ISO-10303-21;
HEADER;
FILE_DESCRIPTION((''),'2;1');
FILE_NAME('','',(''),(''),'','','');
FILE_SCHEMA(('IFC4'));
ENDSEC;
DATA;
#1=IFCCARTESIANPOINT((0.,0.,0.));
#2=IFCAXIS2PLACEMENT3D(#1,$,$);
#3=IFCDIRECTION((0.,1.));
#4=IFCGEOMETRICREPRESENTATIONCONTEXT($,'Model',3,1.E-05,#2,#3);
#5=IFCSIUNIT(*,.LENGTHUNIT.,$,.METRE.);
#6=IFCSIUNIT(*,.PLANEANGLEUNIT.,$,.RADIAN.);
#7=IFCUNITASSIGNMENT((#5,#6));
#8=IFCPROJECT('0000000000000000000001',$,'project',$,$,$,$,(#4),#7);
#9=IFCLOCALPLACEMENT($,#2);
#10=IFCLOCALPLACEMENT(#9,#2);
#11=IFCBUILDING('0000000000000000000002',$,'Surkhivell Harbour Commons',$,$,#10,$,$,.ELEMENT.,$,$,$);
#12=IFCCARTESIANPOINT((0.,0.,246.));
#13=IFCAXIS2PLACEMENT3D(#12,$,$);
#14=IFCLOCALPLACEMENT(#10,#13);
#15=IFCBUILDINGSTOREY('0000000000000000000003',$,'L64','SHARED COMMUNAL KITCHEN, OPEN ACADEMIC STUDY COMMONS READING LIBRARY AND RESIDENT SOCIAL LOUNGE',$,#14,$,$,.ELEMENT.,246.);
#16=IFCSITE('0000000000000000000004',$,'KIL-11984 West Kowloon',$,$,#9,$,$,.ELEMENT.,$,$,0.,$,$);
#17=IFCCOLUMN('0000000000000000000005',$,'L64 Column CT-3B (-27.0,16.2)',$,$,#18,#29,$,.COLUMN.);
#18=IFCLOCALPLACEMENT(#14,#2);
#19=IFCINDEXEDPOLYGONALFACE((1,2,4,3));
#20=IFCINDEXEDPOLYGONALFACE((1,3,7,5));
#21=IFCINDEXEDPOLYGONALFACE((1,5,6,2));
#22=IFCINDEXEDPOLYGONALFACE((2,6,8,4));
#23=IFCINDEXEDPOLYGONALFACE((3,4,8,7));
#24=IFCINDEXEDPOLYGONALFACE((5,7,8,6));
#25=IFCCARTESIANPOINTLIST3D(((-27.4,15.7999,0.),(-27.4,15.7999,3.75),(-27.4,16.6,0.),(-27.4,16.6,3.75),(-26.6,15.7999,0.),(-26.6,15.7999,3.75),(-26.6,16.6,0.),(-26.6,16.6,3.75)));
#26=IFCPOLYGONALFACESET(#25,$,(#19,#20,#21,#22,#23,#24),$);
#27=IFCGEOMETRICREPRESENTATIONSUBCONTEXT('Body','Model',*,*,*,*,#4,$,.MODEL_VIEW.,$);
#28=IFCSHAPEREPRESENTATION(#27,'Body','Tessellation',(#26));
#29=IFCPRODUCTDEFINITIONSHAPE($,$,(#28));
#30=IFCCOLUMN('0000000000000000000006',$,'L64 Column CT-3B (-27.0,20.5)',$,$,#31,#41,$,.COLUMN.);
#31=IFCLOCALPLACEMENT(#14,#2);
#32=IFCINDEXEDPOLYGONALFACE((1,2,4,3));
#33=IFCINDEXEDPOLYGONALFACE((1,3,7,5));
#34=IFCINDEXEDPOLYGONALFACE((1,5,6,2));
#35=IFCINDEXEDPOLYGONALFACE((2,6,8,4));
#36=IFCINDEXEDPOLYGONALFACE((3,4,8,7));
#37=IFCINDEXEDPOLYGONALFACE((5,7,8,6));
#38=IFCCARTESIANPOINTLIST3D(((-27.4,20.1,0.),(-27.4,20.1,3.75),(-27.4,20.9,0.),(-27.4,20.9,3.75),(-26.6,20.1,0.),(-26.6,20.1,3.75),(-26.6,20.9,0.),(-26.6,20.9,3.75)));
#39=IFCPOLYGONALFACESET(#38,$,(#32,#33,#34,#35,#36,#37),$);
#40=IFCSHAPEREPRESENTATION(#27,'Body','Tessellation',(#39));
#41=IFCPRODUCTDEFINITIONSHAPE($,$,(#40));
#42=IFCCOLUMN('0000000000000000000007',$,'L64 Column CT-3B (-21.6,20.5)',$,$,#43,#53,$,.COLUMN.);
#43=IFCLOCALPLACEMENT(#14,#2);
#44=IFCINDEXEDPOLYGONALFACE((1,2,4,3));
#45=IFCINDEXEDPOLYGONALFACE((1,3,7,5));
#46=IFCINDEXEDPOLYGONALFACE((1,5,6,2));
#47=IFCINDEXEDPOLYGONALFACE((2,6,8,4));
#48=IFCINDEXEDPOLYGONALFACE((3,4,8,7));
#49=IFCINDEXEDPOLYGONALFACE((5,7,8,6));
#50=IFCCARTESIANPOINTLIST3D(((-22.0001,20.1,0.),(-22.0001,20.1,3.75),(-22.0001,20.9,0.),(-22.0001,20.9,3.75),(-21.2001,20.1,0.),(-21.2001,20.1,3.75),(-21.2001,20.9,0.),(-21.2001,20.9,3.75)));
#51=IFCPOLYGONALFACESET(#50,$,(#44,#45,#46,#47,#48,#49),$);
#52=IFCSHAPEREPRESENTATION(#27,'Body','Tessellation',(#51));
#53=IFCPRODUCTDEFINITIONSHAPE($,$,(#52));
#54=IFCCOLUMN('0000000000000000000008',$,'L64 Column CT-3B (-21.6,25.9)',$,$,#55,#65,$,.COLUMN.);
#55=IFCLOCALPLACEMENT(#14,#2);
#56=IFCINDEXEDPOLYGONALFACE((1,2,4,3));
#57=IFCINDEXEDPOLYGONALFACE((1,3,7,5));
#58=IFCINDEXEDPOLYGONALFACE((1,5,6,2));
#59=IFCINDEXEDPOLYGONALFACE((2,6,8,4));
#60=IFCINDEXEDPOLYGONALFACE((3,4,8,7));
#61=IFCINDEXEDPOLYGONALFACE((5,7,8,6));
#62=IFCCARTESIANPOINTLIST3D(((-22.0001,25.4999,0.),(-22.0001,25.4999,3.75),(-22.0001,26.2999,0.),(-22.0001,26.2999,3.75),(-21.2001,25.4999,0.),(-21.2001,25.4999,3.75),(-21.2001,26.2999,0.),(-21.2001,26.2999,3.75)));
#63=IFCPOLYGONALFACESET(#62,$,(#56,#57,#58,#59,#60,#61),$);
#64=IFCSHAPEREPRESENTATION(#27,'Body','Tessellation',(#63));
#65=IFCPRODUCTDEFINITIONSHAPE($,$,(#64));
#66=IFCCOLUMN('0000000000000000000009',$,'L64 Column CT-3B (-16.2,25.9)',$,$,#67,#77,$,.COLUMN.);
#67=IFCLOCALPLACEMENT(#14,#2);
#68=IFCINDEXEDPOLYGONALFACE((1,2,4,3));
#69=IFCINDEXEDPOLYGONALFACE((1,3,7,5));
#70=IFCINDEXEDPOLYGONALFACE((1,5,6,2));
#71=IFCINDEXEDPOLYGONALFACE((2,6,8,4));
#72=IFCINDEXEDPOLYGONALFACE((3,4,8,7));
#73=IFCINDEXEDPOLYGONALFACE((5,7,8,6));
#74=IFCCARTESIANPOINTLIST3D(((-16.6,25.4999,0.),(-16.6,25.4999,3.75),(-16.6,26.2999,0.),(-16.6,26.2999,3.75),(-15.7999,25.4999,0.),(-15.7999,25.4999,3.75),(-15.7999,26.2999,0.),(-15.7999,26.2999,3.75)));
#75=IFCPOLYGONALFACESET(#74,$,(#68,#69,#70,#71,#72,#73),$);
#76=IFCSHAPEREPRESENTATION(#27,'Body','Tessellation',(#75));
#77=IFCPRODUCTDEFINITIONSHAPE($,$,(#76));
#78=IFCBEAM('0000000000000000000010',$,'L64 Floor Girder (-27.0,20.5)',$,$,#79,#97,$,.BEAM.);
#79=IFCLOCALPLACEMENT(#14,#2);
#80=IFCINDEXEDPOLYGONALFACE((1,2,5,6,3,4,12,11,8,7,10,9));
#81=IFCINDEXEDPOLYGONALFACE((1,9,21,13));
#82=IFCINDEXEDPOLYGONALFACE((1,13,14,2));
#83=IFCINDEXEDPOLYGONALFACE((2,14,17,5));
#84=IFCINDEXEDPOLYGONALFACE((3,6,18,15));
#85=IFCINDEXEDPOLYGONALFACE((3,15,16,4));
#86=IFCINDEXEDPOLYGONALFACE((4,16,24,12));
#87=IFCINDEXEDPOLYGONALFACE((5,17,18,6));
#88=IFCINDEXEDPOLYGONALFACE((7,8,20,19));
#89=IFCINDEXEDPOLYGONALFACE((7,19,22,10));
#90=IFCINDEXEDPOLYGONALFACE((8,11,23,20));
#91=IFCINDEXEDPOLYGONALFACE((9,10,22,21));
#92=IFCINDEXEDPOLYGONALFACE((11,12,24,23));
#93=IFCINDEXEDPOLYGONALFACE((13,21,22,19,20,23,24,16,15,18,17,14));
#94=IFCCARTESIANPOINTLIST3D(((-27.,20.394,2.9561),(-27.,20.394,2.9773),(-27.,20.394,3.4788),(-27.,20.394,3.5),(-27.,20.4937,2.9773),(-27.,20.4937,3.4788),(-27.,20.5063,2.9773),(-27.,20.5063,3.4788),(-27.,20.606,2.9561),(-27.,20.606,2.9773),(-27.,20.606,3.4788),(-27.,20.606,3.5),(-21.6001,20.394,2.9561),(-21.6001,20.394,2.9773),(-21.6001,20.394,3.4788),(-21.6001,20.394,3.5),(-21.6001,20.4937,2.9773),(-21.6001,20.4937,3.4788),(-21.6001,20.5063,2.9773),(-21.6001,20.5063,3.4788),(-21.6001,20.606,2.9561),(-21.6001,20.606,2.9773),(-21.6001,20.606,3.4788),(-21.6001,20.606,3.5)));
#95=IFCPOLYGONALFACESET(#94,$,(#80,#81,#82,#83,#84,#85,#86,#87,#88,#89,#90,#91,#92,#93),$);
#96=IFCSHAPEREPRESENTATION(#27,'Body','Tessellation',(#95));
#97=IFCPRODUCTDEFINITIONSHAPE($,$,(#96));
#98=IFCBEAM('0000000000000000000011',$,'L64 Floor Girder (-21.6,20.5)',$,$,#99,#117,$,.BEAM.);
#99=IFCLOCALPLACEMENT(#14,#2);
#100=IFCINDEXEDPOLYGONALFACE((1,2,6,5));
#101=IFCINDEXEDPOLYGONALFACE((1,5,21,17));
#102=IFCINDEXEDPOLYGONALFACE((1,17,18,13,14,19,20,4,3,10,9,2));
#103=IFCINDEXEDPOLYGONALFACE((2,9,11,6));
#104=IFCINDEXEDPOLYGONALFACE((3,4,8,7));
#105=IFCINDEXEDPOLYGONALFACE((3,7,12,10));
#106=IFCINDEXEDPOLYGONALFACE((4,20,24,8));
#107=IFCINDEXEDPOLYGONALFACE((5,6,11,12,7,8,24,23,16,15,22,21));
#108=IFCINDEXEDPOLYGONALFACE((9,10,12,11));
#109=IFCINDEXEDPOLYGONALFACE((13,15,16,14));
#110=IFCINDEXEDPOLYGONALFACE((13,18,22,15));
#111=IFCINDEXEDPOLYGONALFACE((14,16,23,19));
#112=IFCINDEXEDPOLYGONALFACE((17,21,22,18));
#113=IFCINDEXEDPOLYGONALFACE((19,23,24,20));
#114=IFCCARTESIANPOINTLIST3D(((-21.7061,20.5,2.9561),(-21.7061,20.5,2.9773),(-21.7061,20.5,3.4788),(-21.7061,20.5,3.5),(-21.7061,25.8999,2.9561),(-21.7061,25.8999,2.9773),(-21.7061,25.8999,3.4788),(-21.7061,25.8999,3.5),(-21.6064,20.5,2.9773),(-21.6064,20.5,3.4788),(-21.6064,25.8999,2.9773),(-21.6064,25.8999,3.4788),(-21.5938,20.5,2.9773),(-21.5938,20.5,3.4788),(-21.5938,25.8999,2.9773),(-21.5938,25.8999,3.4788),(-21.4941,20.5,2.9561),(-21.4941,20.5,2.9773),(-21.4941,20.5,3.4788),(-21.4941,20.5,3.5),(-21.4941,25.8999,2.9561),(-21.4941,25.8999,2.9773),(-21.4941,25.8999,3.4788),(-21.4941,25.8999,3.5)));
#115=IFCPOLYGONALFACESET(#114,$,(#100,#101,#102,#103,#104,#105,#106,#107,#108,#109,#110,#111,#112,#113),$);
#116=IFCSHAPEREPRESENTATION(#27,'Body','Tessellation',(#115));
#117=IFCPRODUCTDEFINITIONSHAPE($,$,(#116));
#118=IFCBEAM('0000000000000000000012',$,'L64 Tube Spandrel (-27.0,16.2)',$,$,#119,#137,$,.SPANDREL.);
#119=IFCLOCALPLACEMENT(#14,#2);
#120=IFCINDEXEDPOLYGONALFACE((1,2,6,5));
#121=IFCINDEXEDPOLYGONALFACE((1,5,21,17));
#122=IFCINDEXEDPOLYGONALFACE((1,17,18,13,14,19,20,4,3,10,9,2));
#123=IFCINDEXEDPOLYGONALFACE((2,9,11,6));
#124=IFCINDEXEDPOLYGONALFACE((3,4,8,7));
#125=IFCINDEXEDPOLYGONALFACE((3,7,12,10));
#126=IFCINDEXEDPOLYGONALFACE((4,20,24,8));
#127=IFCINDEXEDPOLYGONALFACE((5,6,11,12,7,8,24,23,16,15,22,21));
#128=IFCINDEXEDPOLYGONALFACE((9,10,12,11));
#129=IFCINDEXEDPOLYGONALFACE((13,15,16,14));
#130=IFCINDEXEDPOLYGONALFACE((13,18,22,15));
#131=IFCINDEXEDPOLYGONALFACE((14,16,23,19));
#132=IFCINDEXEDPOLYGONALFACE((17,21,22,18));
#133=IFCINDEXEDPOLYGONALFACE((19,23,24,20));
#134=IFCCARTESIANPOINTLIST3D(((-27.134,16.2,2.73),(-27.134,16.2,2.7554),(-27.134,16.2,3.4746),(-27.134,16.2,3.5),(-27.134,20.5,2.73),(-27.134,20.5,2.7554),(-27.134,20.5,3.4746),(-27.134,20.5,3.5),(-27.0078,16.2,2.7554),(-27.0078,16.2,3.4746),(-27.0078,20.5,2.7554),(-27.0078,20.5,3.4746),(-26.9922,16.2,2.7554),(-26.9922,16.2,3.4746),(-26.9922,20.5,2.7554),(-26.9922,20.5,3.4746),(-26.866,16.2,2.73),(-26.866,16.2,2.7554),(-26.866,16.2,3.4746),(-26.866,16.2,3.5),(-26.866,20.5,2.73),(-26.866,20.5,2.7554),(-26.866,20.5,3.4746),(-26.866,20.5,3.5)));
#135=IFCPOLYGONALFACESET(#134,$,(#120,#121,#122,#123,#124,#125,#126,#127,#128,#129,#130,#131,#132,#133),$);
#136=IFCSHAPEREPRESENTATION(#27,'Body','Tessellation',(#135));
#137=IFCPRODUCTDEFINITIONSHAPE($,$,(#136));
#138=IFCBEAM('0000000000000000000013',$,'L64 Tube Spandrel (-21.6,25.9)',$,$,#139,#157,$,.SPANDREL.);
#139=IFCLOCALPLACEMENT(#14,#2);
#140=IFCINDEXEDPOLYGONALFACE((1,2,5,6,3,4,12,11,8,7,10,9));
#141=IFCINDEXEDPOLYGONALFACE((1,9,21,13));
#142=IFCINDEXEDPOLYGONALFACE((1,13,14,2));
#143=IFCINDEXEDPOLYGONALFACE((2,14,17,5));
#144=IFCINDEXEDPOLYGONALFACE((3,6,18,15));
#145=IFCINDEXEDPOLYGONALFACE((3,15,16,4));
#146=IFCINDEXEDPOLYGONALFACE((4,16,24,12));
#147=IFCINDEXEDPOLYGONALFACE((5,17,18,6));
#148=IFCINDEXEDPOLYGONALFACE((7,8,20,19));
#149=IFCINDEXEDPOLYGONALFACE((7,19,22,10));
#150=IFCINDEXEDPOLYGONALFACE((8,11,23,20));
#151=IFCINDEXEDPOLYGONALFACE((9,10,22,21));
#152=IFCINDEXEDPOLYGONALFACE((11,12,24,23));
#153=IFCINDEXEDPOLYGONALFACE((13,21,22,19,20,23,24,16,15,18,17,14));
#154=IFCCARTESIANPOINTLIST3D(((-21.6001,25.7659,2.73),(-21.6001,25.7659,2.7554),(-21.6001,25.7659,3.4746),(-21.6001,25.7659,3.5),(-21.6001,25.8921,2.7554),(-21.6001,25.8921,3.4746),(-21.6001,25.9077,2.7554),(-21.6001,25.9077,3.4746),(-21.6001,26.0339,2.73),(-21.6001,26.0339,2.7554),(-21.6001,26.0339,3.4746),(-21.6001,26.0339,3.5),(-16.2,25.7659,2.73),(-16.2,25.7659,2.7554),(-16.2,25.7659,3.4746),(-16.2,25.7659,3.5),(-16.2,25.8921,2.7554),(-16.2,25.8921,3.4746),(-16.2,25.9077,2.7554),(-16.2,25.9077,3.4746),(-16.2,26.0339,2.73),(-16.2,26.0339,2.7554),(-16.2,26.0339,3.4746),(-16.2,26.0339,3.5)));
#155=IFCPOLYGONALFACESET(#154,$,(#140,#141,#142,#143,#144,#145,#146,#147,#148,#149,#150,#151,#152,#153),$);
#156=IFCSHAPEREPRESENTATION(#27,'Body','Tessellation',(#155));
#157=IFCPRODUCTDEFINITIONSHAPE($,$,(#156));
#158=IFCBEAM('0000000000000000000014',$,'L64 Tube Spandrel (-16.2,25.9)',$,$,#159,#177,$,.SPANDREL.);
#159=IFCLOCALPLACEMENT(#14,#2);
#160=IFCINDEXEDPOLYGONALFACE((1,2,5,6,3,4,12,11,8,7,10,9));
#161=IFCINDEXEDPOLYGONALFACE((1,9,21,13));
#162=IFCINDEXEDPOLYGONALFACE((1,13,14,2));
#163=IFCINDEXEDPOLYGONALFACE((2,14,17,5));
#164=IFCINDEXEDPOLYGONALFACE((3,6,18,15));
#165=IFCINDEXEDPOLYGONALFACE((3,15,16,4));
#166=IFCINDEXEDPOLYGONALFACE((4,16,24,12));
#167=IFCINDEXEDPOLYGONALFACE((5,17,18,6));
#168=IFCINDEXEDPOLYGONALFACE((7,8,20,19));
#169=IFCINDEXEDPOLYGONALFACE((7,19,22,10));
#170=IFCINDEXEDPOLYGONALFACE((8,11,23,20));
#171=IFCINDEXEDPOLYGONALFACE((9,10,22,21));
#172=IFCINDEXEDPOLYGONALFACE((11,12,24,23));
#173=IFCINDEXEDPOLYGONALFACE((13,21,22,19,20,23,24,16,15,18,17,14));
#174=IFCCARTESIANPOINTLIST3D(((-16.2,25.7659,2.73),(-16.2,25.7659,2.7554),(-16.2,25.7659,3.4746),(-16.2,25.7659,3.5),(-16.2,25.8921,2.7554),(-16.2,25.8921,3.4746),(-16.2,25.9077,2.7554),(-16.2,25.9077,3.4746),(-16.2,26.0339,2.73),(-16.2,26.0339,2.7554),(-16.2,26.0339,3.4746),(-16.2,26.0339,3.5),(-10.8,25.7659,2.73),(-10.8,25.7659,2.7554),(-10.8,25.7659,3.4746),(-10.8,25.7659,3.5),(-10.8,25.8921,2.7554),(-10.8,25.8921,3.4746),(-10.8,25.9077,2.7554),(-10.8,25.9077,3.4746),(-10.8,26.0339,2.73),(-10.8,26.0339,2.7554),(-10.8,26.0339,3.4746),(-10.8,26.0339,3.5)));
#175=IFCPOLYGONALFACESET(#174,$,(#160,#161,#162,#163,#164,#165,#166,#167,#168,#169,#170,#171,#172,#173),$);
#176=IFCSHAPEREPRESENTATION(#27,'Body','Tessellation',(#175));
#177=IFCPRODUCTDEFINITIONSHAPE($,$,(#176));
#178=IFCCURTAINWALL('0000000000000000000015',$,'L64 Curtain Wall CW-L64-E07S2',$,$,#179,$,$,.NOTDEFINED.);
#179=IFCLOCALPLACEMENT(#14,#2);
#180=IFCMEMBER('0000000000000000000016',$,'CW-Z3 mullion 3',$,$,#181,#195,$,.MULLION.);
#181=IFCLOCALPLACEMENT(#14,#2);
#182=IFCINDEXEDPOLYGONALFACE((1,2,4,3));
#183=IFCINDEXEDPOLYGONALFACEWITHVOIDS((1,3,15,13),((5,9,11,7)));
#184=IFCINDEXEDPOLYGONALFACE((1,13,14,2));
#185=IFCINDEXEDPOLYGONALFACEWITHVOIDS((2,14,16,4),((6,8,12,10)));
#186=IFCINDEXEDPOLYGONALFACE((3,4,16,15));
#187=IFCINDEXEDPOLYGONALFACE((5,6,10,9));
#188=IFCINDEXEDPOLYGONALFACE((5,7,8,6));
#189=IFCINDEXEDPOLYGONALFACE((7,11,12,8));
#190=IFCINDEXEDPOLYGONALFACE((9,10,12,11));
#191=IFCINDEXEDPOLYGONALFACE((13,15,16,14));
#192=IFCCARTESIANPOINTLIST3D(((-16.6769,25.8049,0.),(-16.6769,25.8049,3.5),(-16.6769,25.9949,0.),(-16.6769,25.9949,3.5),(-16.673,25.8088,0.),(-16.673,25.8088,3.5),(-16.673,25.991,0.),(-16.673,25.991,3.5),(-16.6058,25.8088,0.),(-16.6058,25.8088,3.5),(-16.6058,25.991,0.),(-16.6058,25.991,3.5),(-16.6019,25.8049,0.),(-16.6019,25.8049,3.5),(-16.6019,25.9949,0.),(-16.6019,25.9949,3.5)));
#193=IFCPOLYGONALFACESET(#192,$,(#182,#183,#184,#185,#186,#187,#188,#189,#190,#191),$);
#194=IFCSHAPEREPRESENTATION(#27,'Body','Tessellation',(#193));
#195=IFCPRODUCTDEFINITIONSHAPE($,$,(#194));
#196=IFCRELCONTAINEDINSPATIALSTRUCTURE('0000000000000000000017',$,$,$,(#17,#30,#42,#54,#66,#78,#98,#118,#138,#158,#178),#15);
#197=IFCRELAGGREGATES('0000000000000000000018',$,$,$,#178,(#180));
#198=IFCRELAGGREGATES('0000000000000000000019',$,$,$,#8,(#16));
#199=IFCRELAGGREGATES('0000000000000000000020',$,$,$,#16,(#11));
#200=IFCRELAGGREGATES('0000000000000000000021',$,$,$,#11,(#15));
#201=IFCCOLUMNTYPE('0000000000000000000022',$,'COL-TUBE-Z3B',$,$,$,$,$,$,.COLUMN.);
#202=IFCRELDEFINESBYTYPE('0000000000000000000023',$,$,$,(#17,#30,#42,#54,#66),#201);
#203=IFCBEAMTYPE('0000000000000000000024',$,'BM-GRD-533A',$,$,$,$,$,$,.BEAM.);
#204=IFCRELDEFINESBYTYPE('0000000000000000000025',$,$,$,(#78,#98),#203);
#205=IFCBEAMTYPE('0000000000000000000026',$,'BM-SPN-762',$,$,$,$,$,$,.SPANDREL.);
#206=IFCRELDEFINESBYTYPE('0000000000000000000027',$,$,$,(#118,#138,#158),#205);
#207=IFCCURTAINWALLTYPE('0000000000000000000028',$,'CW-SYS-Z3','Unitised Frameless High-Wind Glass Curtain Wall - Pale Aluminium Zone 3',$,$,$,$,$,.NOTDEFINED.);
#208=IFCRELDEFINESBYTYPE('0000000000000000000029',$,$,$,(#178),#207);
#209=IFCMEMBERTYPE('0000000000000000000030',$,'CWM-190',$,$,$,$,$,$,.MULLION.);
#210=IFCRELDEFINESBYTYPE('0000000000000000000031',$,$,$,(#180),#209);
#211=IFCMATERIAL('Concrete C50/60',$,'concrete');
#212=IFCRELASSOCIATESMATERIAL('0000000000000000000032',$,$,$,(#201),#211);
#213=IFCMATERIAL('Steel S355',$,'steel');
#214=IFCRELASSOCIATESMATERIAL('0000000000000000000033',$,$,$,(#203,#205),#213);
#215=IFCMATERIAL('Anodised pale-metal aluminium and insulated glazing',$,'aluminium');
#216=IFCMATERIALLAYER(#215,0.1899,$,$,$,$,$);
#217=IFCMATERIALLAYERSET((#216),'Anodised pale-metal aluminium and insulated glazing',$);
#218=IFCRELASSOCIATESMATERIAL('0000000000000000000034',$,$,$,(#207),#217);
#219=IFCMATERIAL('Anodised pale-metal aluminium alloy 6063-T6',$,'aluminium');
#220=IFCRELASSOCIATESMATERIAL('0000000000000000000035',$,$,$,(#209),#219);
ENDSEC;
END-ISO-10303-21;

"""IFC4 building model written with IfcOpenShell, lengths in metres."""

from ifc_helpers import new_model, si_unit, direction, frame, origin, origin_2d, place, context, subcontext, project, spatial, rectangle, hollow_rectangle, i_section, extrude, material, layer, layer_set, material_profile, profile_set, type_object, element, aggregate, save


model = new_model("IFC4")

# Units and contexts
model_context = context("Model", 3, precision=1e-05, world=origin(), true_north=direction((0.0, 1.0)))
body_context = subcontext(model_context, "Body", "Model", "MODEL_VIEW")
ifc_project = project(units=[si_unit("LENGTHUNIT", "METRE"), si_unit("PLANEANGLEUNIT", "RADIAN")], contexts=[model_context])

# Site, building, storey
site_placement = place(None, origin())
site = spatial("IfcSite", under=ifc_project, at=site_placement, Name="KIL-11984 West Kowloon", CompositionType="ELEMENT", RefElevation=0.0)
building_placement = place(site_placement, origin())
building = spatial("IfcBuilding", under=site, at=building_placement, Name="Surkhivell Harbour Commons", CompositionType="ELEMENT")
storey_placement = place(building_placement, frame((0.0, 0.0, 246.0)))
storey = spatial("IfcBuildingStorey", under=building, at=storey_placement, Name="L64", Description="SHARED COMMUNAL KITCHEN, OPEN ACADEMIC STUDY COMMONS READING LIBRARY AND RESIDENT SOCIAL LOUNGE", CompositionType="ELEMENT", Elevation=246.0)

# Columns
ifc_material_1 = material(Name="Concrete C50/60", Category="concrete")
ifc_material_profile_1 = material_profile(ifc_material_1, rectangle(XDim=0.8, YDim=0.8, at=origin_2d()), Name="RC-COL-800x800")
ifc_profile_set_1 = profile_set([ifc_material_profile_1], Name="Concrete C50/60")
column_type = type_object("IfcColumnType", Name="COL-TUBE-Z3B", PredefinedType="COLUMN", material=ifc_profile_set_1)
for number, where, z_axis, x_axis, name in (
    (1, (-27.0, 16.2, 0.0), (0.0, 0.0, 1.0), (1.0, 0.0, 0.0), "L64 Column CT-3B (-27.0,16.2)"),
    (2, (-27.0, 20.5, 0.0), (0.0, 0.0, 1.0), (1.0, 0.0, 0.0), "L64 Column CT-3B (-27.0,20.5)"),
    (3, (-21.6001, 20.5, 0.0), (0.0, 0.0, 1.0), (1.0, 0.0, 0.0), "L64 Column CT-3B (-21.6,20.5)"),
    (4, (-21.6001, 25.8999, 0.0), (0.0, 0.0, 1.0), (1.0, 0.0, 0.0), "L64 Column CT-3B (-21.6,25.9)"),
    (5, (-16.2, 25.8999, 0.0), (0.0, 0.0, 1.0), (1.0, 0.0, 0.0), "L64 Column CT-3B (-16.2,25.9)"),
):
    element("IfcColumn", number, at=place(storey_placement, frame(where, z_axis=z_axis, x_axis=x_axis)), inside=storey, type_object=column_type, Name=name, PredefinedType="COLUMN", context=body_context, shape_type="SweptSolid", body=[
        extrude(rectangle(XDim=0.8, YDim=0.8, at=origin_2d()), origin(), (0.0, 0.0, 1.0), 3.75),
    ])

# Beams
ifc_material_2 = material(Name="Steel S355", Category="steel")
ifc_material_profile_2 = material_profile(ifc_material_2, i_section(OverallWidth=0.2119, OverallDepth=0.5439, WebThickness=0.0127, FlangeThickness=0.0212, at=origin_2d()), Name="UB533x210x122")
ifc_profile_set_2 = profile_set([ifc_material_profile_2], Name="Steel S355")
beam_type_1 = type_object("IfcBeamType", Name="BM-GRD-533A", PredefinedType="BEAM", material=ifc_profile_set_2)
for number, where, z_axis, x_axis, name in (
    (6, (-27.0, 20.5, 3.228), (1.0, 0.0, 0.0), (0.0, 1.0, 0.0), "L64 Floor Girder (-27.0,20.5)"),
    (7, (-21.6001, 20.5, 3.228), (0.0, 1.0, 0.0), (-1.0, 0.0, 0.0), "L64 Floor Girder (-21.6,20.5)"),
):
    element("IfcBeam", number, at=place(storey_placement, frame(where, z_axis=z_axis, x_axis=x_axis)), inside=storey, type_object=beam_type_1, Name=name, PredefinedType="BEAM", context=body_context, shape_type="SweptSolid", body=[
        extrude(i_section(OverallWidth=0.2119, OverallDepth=0.5439, WebThickness=0.0127, FlangeThickness=0.0212, at=origin_2d()), origin(), (0.0, 0.0, 1.0), 5.3999),
    ])
ifc_material_profile_3 = material_profile(ifc_material_2, i_section(OverallWidth=0.2681, OverallDepth=0.77, WebThickness=0.0156, FlangeThickness=0.0254, at=origin_2d()), Name="UB762x267x197")
ifc_profile_set_3 = profile_set([ifc_material_profile_3], Name="Steel S355")
beam_type_2 = type_object("IfcBeamType", Name="BM-SPN-762", PredefinedType="SPANDREL", material=ifc_profile_set_3)
beam_1_placement = place(storey_placement, frame((-27.0, 16.2, 3.115), z_axis=(0.0, 1.0, 0.0), x_axis=(-1.0, 0.0, 0.0)))
element("IfcBeam", 8, at=beam_1_placement, inside=storey, type_object=beam_type_2, Name="L64 Tube Spandrel (-27.0,16.2)", PredefinedType="SPANDREL", context=body_context, shape_type="SweptSolid", body=[
    extrude(i_section(OverallWidth=0.2681, OverallDepth=0.77, WebThickness=0.0156, FlangeThickness=0.0254, at=origin_2d()), origin(), (0.0, 0.0, 1.0), 4.3),
])
beam_2_placement = place(storey_placement, frame((-21.6001, 25.8999, 3.115), z_axis=(1.0, 0.0, 0.0), x_axis=(0.0, 1.0, 0.0)))
element("IfcBeam", 9, at=beam_2_placement, inside=storey, type_object=beam_type_2, Name="L64 Tube Spandrel (-21.6,25.9)", PredefinedType="SPANDREL", context=body_context, shape_type="SweptSolid", body=[
    extrude(i_section(OverallWidth=0.2681, OverallDepth=0.77, WebThickness=0.0156, FlangeThickness=0.0254, at=origin_2d()), origin(), (0.0, 0.0, 1.0), 5.4001),
])
beam_3_placement = place(storey_placement, frame((-16.2, 25.8999, 3.115), z_axis=(1.0, 0.0, 0.0), x_axis=(0.0, 1.0, 0.0)))
element("IfcBeam", 10, at=beam_3_placement, inside=storey, type_object=beam_type_2, Name="L64 Tube Spandrel (-16.2,25.9)", PredefinedType="SPANDREL", context=body_context, shape_type="SweptSolid", body=[
    extrude(i_section(OverallWidth=0.2681, OverallDepth=0.77, WebThickness=0.0156, FlangeThickness=0.0254, at=origin_2d()), origin(), (0.0, 0.0, 1.0), 5.3999),
])

# Curtain wall, member
ifc_material_3 = material(Name="Anodised pale-metal aluminium and insulated glazing", Category="aluminium")
ifc_layer_1 = layer(ifc_material_3, 0.1899)
ifc_layer_set_1 = layer_set([ifc_layer_1], Name="Anodised pale-metal aluminium and insulated glazing")
curtain_wall_type = type_object("IfcCurtainWallType", Name="CW-SYS-Z3", Description="Unitised Frameless High-Wind Glass Curtain Wall - Pale Aluminium Zone 3", PredefinedType="NOTDEFINED", material=ifc_layer_set_1)
curtain_wall_1_placement = place(storey_placement, origin())
curtain_wall_1 = element("IfcCurtainWall", 11, at=curtain_wall_1_placement, inside=storey, type_object=curtain_wall_type, Name="L64 Curtain Wall CW-L64-E07S2", PredefinedType="NOTDEFINED")
ifc_material_4 = material(Name="Anodised pale-metal aluminium alloy 6063-T6", Category="aluminium")
ifc_material_profile_4 = material_profile(ifc_material_4, hollow_rectangle(XDim=0.075, YDim=0.1899, WallThickness=0.0039, at=origin_2d()), Name="ALU-MULL-75x190")
ifc_profile_set_4 = profile_set([ifc_material_profile_4], Name="Anodised pale-metal aluminium alloy 6063-T6")
member_type_1 = type_object("IfcMemberType", Name="CWM-190", PredefinedType="MULLION", material=ifc_profile_set_4)
member_1_placement = place(storey_placement, frame((-16.6394, 25.8999, 0.0), z_axis=(0.0, 0.0, 1.0), x_axis=(-1.0, 0.0, 0.0)))
member_1 = element("IfcMember", 12, at=member_1_placement, type_object=member_type_1, Name="CW-Z3 mullion 3", PredefinedType="MULLION", context=body_context, shape_type="SweptSolid", body=[
    extrude(hollow_rectangle(XDim=0.075, YDim=0.1899, WallThickness=0.0039, at=origin_2d()), origin(), (0.0, 0.0, 1.0), 3.5),
])

aggregate(curtain_wall_1, [member_1])

save(model, "model.ifc")
